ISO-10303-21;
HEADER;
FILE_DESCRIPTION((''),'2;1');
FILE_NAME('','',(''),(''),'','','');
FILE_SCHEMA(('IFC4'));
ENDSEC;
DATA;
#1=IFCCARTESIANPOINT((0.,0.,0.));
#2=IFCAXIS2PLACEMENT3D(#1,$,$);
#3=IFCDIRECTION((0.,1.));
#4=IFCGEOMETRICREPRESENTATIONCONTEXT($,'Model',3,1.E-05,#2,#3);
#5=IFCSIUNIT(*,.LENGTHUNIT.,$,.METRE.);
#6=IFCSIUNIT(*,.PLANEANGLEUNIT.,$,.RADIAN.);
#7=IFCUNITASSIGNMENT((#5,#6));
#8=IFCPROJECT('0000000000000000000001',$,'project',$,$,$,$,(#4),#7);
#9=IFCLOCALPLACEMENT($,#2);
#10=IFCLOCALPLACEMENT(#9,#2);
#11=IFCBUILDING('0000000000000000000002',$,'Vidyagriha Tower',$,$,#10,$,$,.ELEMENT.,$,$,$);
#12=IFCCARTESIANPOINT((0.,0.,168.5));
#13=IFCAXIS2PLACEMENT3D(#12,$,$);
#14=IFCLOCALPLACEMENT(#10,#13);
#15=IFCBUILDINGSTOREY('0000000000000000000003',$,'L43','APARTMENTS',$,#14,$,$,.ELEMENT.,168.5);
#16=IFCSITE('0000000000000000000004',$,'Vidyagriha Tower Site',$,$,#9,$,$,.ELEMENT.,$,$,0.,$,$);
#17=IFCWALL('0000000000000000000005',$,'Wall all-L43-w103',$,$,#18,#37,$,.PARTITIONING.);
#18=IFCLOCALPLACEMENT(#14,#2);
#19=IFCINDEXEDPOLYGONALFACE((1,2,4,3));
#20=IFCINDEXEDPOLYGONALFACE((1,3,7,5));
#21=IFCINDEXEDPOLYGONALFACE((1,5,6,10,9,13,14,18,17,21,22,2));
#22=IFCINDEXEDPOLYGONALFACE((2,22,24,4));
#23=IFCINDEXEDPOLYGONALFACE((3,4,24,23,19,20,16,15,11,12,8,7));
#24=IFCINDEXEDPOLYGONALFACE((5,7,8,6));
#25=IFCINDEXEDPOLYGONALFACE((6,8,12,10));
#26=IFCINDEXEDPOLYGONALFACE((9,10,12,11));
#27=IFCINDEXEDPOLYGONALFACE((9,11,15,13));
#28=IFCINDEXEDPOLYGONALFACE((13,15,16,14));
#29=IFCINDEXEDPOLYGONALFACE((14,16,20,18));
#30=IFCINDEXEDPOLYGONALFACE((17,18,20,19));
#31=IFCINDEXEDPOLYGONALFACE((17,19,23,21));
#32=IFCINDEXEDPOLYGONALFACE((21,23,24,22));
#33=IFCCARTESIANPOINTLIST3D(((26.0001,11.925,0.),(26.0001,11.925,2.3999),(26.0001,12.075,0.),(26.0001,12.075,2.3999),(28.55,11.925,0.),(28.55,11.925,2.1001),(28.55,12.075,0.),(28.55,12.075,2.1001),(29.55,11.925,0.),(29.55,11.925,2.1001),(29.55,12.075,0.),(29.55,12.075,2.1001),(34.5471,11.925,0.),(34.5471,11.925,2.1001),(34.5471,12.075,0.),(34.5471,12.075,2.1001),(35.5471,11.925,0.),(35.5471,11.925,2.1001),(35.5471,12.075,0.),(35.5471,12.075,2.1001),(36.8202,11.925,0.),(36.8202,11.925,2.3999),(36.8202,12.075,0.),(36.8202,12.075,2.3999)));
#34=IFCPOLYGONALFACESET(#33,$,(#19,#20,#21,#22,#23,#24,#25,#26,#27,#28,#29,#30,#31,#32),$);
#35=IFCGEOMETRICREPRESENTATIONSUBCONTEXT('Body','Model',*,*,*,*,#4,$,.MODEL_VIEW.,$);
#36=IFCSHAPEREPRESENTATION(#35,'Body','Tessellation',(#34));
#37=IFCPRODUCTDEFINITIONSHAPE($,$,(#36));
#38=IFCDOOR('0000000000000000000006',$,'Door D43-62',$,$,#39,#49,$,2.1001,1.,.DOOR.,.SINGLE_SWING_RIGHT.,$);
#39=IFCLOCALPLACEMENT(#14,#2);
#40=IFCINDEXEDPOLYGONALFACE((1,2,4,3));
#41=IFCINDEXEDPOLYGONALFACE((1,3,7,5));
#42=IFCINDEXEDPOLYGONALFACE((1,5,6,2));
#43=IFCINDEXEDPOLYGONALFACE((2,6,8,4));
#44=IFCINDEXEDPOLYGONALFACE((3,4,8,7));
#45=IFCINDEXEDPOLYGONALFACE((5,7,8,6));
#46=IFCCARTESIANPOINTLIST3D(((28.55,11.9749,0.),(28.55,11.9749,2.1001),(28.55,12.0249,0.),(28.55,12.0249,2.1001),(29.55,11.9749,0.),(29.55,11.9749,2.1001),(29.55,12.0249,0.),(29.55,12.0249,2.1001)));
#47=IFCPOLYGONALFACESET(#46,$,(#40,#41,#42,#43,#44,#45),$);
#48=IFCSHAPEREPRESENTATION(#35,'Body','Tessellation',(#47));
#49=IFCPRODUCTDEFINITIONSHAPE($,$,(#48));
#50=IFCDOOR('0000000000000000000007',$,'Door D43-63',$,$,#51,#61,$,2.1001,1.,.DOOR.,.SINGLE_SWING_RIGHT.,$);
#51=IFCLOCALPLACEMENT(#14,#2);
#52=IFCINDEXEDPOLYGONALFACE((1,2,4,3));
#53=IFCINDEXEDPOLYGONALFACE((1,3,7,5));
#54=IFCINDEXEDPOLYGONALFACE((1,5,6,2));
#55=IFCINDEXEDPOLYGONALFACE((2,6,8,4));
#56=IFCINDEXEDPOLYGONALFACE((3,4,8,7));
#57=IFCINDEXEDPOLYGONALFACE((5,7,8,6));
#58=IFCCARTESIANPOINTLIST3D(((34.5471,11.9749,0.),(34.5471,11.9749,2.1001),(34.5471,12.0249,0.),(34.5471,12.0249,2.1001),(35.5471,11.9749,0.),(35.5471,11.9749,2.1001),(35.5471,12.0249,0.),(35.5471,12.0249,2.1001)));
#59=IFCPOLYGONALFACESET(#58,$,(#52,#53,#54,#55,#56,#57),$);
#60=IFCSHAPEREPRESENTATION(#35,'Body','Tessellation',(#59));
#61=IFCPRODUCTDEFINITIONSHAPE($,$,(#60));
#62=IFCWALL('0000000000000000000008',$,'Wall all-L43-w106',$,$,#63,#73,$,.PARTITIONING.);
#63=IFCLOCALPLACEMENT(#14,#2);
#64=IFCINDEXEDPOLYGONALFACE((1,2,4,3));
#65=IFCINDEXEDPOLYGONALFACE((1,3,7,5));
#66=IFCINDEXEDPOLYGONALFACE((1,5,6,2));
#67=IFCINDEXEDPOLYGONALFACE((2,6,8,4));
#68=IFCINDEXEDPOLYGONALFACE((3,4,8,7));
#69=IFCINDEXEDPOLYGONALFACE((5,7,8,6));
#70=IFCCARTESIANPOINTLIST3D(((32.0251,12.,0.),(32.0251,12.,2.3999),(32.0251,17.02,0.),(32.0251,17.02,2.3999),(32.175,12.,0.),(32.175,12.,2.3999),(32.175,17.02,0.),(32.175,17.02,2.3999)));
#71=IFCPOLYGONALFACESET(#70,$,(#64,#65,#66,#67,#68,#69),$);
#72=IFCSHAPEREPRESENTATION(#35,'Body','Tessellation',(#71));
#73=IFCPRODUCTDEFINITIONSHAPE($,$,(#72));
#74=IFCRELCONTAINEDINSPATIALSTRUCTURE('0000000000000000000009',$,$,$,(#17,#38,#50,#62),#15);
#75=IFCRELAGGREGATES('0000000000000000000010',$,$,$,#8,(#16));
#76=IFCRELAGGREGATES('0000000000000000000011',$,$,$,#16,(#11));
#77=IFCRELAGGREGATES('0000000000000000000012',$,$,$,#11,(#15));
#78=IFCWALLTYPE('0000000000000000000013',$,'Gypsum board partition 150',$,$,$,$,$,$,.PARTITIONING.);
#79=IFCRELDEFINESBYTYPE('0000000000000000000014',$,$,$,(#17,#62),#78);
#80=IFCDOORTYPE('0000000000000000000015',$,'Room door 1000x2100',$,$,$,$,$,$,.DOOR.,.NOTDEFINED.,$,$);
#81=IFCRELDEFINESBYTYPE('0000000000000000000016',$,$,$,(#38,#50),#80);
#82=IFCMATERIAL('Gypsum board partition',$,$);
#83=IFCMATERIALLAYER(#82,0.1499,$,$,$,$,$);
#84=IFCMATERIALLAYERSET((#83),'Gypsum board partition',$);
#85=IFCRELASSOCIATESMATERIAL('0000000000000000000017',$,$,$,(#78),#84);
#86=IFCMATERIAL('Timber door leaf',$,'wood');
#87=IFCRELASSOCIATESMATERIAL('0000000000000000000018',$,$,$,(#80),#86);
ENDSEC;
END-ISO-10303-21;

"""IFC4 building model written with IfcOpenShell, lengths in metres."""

from ifc_helpers import new_model, si_unit, direction, frame, frame_2d, origin, place, context, subcontext, project, spatial, rectangle, extrude, material, layer, layer_set, type_object, element, fill, save


model = new_model("IFC4")

# Units and contexts
model_context = context("Model", 3, precision=1e-05, world=origin(), true_north=direction((0.0, 1.0)))
body_context = subcontext(model_context, "Body", "Model", "MODEL_VIEW")
ifc_project = project(units=[si_unit("LENGTHUNIT", "METRE"), si_unit("PLANEANGLEUNIT", "RADIAN")], contexts=[model_context])

# Site, building, storey
site_placement = place(None, origin())
site = spatial("IfcSite", under=ifc_project, at=site_placement, Name="Vidyagriha Tower Site", CompositionType="ELEMENT", RefElevation=0.0)
building_placement = place(site_placement, origin())
building = spatial("IfcBuilding", under=site, at=building_placement, Name="Vidyagriha Tower", CompositionType="ELEMENT")
storey_placement = place(building_placement, frame((0.0, 0.0, 168.5)))
storey = spatial("IfcBuildingStorey", under=building, at=storey_placement, Name="L43", Description="APARTMENTS", CompositionType="ELEMENT", Elevation=168.5)

# Wall, openings, doors
ifc_material_1 = material(Name="Gypsum board partition")
ifc_layer_1 = layer(ifc_material_1, 0.1499)
ifc_layer_set_1 = layer_set([ifc_layer_1], Name="Gypsum board partition")
wall_type_1 = type_object("IfcWallType", Name="Gypsum board partition 150", PredefinedType="PARTITIONING", material=ifc_layer_set_1)
wall_1_placement = place(storey_placement, frame((26.0, 12.0, 0.0)))
wall_1 = element("IfcWall", 1, at=wall_1_placement, inside=storey, type_object=wall_type_1, Name="Wall all-L43-w103", PredefinedType="PARTITIONING", context=body_context, shape_type="SweptSolid", body=[
    extrude(rectangle(XDim=10.8201, YDim=0.1499, at=frame_2d((5.4102, 0.0))), origin(), (0.0, 0.0, 1.0), 2.3999),
])
opening_1_placement = place(wall_1_placement, frame((2.55, 0.0, 0.0)))
opening_1 = element("IfcOpeningElement", 2, at=opening_1_placement, cuts=wall_1, PredefinedType="OPENING", context=body_context, shape_type="SweptSolid", body=[
    extrude(rectangle(XDim=1.0, YDim=2.1001, at=frame_2d((0.5, 1.05))), frame((0.0, 0.085, 0.0), z_axis=(0.0, -1.0, 0.0), x_axis=(1.0, 0.0, 0.0)), (0.0, 0.0, 1.0), 0.1699),
])
opening_2_placement = place(wall_1_placement, frame((8.5471, 0.0, 0.0)))
opening_2 = element("IfcOpeningElement", 3, at=opening_2_placement, cuts=wall_1, PredefinedType="OPENING", context=body_context, shape_type="SweptSolid", body=[
    extrude(rectangle(XDim=1.0, YDim=2.1001, at=frame_2d((0.5, 1.05))), frame((0.0, 0.085, 0.0), z_axis=(0.0, -1.0, 0.0), x_axis=(1.0, 0.0, 0.0)), (0.0, 0.0, 1.0), 0.1699),
])
ifc_material_2 = material(Name="Timber door leaf", Category="wood")
door_type = type_object("IfcDoorType", Name="Room door 1000x2100", OperationType="NOTDEFINED", PredefinedType="DOOR", material=ifc_material_2)
door_1_placement = place(opening_1_placement, origin())
door_1 = element("IfcDoor", 4, at=door_1_placement, inside=storey, type_object=door_type, Name="Door D43-62", OperationType="SINGLE_SWING_RIGHT", OverallHeight=2.1001, OverallWidth=1.0, PredefinedType="DOOR", context=body_context, shape_type="SweptSolid", body=[
    extrude(rectangle(XDim=1.0, YDim=2.1001, at=frame_2d((0.5, 1.05))), frame((0.0, 0.0249, 0.0), z_axis=(0.0, -1.0, 0.0), x_axis=(1.0, 0.0, 0.0)), (0.0, 0.0, 1.0), 0.05),
])
fill(opening_1, door_1)
door_2_placement = place(opening_2_placement, origin())
door_2 = element("IfcDoor", 5, at=door_2_placement, inside=storey, type_object=door_type, Name="Door D43-63", OperationType="SINGLE_SWING_RIGHT", OverallHeight=2.1001, OverallWidth=1.0, PredefinedType="DOOR", context=body_context, shape_type="SweptSolid", body=[
    extrude(rectangle(XDim=1.0, YDim=2.1001, at=frame_2d((0.5, 1.05))), frame((0.0, 0.0249, 0.0), z_axis=(0.0, -1.0, 0.0), x_axis=(1.0, 0.0, 0.0)), (0.0, 0.0, 1.0), 0.05),
])
fill(opening_2, door_2)

# Wall
wall_2_placement = place(storey_placement, frame((32.1001, 17.02, 0.0), z_axis=(0.0, 0.0, 1.0), x_axis=(0.0, -1.0, 0.0)))
element("IfcWall", 6, at=wall_2_placement, inside=storey, type_object=wall_type_1, Name="Wall all-L43-w106", PredefinedType="PARTITIONING", context=body_context, shape_type="SweptSolid", body=[
    extrude(rectangle(XDim=5.02, YDim=0.1499, at=frame_2d((2.51, 0.0))), origin(), (0.0, 0.0, 1.0), 2.3999),
])

save(model, "model.ifc")
